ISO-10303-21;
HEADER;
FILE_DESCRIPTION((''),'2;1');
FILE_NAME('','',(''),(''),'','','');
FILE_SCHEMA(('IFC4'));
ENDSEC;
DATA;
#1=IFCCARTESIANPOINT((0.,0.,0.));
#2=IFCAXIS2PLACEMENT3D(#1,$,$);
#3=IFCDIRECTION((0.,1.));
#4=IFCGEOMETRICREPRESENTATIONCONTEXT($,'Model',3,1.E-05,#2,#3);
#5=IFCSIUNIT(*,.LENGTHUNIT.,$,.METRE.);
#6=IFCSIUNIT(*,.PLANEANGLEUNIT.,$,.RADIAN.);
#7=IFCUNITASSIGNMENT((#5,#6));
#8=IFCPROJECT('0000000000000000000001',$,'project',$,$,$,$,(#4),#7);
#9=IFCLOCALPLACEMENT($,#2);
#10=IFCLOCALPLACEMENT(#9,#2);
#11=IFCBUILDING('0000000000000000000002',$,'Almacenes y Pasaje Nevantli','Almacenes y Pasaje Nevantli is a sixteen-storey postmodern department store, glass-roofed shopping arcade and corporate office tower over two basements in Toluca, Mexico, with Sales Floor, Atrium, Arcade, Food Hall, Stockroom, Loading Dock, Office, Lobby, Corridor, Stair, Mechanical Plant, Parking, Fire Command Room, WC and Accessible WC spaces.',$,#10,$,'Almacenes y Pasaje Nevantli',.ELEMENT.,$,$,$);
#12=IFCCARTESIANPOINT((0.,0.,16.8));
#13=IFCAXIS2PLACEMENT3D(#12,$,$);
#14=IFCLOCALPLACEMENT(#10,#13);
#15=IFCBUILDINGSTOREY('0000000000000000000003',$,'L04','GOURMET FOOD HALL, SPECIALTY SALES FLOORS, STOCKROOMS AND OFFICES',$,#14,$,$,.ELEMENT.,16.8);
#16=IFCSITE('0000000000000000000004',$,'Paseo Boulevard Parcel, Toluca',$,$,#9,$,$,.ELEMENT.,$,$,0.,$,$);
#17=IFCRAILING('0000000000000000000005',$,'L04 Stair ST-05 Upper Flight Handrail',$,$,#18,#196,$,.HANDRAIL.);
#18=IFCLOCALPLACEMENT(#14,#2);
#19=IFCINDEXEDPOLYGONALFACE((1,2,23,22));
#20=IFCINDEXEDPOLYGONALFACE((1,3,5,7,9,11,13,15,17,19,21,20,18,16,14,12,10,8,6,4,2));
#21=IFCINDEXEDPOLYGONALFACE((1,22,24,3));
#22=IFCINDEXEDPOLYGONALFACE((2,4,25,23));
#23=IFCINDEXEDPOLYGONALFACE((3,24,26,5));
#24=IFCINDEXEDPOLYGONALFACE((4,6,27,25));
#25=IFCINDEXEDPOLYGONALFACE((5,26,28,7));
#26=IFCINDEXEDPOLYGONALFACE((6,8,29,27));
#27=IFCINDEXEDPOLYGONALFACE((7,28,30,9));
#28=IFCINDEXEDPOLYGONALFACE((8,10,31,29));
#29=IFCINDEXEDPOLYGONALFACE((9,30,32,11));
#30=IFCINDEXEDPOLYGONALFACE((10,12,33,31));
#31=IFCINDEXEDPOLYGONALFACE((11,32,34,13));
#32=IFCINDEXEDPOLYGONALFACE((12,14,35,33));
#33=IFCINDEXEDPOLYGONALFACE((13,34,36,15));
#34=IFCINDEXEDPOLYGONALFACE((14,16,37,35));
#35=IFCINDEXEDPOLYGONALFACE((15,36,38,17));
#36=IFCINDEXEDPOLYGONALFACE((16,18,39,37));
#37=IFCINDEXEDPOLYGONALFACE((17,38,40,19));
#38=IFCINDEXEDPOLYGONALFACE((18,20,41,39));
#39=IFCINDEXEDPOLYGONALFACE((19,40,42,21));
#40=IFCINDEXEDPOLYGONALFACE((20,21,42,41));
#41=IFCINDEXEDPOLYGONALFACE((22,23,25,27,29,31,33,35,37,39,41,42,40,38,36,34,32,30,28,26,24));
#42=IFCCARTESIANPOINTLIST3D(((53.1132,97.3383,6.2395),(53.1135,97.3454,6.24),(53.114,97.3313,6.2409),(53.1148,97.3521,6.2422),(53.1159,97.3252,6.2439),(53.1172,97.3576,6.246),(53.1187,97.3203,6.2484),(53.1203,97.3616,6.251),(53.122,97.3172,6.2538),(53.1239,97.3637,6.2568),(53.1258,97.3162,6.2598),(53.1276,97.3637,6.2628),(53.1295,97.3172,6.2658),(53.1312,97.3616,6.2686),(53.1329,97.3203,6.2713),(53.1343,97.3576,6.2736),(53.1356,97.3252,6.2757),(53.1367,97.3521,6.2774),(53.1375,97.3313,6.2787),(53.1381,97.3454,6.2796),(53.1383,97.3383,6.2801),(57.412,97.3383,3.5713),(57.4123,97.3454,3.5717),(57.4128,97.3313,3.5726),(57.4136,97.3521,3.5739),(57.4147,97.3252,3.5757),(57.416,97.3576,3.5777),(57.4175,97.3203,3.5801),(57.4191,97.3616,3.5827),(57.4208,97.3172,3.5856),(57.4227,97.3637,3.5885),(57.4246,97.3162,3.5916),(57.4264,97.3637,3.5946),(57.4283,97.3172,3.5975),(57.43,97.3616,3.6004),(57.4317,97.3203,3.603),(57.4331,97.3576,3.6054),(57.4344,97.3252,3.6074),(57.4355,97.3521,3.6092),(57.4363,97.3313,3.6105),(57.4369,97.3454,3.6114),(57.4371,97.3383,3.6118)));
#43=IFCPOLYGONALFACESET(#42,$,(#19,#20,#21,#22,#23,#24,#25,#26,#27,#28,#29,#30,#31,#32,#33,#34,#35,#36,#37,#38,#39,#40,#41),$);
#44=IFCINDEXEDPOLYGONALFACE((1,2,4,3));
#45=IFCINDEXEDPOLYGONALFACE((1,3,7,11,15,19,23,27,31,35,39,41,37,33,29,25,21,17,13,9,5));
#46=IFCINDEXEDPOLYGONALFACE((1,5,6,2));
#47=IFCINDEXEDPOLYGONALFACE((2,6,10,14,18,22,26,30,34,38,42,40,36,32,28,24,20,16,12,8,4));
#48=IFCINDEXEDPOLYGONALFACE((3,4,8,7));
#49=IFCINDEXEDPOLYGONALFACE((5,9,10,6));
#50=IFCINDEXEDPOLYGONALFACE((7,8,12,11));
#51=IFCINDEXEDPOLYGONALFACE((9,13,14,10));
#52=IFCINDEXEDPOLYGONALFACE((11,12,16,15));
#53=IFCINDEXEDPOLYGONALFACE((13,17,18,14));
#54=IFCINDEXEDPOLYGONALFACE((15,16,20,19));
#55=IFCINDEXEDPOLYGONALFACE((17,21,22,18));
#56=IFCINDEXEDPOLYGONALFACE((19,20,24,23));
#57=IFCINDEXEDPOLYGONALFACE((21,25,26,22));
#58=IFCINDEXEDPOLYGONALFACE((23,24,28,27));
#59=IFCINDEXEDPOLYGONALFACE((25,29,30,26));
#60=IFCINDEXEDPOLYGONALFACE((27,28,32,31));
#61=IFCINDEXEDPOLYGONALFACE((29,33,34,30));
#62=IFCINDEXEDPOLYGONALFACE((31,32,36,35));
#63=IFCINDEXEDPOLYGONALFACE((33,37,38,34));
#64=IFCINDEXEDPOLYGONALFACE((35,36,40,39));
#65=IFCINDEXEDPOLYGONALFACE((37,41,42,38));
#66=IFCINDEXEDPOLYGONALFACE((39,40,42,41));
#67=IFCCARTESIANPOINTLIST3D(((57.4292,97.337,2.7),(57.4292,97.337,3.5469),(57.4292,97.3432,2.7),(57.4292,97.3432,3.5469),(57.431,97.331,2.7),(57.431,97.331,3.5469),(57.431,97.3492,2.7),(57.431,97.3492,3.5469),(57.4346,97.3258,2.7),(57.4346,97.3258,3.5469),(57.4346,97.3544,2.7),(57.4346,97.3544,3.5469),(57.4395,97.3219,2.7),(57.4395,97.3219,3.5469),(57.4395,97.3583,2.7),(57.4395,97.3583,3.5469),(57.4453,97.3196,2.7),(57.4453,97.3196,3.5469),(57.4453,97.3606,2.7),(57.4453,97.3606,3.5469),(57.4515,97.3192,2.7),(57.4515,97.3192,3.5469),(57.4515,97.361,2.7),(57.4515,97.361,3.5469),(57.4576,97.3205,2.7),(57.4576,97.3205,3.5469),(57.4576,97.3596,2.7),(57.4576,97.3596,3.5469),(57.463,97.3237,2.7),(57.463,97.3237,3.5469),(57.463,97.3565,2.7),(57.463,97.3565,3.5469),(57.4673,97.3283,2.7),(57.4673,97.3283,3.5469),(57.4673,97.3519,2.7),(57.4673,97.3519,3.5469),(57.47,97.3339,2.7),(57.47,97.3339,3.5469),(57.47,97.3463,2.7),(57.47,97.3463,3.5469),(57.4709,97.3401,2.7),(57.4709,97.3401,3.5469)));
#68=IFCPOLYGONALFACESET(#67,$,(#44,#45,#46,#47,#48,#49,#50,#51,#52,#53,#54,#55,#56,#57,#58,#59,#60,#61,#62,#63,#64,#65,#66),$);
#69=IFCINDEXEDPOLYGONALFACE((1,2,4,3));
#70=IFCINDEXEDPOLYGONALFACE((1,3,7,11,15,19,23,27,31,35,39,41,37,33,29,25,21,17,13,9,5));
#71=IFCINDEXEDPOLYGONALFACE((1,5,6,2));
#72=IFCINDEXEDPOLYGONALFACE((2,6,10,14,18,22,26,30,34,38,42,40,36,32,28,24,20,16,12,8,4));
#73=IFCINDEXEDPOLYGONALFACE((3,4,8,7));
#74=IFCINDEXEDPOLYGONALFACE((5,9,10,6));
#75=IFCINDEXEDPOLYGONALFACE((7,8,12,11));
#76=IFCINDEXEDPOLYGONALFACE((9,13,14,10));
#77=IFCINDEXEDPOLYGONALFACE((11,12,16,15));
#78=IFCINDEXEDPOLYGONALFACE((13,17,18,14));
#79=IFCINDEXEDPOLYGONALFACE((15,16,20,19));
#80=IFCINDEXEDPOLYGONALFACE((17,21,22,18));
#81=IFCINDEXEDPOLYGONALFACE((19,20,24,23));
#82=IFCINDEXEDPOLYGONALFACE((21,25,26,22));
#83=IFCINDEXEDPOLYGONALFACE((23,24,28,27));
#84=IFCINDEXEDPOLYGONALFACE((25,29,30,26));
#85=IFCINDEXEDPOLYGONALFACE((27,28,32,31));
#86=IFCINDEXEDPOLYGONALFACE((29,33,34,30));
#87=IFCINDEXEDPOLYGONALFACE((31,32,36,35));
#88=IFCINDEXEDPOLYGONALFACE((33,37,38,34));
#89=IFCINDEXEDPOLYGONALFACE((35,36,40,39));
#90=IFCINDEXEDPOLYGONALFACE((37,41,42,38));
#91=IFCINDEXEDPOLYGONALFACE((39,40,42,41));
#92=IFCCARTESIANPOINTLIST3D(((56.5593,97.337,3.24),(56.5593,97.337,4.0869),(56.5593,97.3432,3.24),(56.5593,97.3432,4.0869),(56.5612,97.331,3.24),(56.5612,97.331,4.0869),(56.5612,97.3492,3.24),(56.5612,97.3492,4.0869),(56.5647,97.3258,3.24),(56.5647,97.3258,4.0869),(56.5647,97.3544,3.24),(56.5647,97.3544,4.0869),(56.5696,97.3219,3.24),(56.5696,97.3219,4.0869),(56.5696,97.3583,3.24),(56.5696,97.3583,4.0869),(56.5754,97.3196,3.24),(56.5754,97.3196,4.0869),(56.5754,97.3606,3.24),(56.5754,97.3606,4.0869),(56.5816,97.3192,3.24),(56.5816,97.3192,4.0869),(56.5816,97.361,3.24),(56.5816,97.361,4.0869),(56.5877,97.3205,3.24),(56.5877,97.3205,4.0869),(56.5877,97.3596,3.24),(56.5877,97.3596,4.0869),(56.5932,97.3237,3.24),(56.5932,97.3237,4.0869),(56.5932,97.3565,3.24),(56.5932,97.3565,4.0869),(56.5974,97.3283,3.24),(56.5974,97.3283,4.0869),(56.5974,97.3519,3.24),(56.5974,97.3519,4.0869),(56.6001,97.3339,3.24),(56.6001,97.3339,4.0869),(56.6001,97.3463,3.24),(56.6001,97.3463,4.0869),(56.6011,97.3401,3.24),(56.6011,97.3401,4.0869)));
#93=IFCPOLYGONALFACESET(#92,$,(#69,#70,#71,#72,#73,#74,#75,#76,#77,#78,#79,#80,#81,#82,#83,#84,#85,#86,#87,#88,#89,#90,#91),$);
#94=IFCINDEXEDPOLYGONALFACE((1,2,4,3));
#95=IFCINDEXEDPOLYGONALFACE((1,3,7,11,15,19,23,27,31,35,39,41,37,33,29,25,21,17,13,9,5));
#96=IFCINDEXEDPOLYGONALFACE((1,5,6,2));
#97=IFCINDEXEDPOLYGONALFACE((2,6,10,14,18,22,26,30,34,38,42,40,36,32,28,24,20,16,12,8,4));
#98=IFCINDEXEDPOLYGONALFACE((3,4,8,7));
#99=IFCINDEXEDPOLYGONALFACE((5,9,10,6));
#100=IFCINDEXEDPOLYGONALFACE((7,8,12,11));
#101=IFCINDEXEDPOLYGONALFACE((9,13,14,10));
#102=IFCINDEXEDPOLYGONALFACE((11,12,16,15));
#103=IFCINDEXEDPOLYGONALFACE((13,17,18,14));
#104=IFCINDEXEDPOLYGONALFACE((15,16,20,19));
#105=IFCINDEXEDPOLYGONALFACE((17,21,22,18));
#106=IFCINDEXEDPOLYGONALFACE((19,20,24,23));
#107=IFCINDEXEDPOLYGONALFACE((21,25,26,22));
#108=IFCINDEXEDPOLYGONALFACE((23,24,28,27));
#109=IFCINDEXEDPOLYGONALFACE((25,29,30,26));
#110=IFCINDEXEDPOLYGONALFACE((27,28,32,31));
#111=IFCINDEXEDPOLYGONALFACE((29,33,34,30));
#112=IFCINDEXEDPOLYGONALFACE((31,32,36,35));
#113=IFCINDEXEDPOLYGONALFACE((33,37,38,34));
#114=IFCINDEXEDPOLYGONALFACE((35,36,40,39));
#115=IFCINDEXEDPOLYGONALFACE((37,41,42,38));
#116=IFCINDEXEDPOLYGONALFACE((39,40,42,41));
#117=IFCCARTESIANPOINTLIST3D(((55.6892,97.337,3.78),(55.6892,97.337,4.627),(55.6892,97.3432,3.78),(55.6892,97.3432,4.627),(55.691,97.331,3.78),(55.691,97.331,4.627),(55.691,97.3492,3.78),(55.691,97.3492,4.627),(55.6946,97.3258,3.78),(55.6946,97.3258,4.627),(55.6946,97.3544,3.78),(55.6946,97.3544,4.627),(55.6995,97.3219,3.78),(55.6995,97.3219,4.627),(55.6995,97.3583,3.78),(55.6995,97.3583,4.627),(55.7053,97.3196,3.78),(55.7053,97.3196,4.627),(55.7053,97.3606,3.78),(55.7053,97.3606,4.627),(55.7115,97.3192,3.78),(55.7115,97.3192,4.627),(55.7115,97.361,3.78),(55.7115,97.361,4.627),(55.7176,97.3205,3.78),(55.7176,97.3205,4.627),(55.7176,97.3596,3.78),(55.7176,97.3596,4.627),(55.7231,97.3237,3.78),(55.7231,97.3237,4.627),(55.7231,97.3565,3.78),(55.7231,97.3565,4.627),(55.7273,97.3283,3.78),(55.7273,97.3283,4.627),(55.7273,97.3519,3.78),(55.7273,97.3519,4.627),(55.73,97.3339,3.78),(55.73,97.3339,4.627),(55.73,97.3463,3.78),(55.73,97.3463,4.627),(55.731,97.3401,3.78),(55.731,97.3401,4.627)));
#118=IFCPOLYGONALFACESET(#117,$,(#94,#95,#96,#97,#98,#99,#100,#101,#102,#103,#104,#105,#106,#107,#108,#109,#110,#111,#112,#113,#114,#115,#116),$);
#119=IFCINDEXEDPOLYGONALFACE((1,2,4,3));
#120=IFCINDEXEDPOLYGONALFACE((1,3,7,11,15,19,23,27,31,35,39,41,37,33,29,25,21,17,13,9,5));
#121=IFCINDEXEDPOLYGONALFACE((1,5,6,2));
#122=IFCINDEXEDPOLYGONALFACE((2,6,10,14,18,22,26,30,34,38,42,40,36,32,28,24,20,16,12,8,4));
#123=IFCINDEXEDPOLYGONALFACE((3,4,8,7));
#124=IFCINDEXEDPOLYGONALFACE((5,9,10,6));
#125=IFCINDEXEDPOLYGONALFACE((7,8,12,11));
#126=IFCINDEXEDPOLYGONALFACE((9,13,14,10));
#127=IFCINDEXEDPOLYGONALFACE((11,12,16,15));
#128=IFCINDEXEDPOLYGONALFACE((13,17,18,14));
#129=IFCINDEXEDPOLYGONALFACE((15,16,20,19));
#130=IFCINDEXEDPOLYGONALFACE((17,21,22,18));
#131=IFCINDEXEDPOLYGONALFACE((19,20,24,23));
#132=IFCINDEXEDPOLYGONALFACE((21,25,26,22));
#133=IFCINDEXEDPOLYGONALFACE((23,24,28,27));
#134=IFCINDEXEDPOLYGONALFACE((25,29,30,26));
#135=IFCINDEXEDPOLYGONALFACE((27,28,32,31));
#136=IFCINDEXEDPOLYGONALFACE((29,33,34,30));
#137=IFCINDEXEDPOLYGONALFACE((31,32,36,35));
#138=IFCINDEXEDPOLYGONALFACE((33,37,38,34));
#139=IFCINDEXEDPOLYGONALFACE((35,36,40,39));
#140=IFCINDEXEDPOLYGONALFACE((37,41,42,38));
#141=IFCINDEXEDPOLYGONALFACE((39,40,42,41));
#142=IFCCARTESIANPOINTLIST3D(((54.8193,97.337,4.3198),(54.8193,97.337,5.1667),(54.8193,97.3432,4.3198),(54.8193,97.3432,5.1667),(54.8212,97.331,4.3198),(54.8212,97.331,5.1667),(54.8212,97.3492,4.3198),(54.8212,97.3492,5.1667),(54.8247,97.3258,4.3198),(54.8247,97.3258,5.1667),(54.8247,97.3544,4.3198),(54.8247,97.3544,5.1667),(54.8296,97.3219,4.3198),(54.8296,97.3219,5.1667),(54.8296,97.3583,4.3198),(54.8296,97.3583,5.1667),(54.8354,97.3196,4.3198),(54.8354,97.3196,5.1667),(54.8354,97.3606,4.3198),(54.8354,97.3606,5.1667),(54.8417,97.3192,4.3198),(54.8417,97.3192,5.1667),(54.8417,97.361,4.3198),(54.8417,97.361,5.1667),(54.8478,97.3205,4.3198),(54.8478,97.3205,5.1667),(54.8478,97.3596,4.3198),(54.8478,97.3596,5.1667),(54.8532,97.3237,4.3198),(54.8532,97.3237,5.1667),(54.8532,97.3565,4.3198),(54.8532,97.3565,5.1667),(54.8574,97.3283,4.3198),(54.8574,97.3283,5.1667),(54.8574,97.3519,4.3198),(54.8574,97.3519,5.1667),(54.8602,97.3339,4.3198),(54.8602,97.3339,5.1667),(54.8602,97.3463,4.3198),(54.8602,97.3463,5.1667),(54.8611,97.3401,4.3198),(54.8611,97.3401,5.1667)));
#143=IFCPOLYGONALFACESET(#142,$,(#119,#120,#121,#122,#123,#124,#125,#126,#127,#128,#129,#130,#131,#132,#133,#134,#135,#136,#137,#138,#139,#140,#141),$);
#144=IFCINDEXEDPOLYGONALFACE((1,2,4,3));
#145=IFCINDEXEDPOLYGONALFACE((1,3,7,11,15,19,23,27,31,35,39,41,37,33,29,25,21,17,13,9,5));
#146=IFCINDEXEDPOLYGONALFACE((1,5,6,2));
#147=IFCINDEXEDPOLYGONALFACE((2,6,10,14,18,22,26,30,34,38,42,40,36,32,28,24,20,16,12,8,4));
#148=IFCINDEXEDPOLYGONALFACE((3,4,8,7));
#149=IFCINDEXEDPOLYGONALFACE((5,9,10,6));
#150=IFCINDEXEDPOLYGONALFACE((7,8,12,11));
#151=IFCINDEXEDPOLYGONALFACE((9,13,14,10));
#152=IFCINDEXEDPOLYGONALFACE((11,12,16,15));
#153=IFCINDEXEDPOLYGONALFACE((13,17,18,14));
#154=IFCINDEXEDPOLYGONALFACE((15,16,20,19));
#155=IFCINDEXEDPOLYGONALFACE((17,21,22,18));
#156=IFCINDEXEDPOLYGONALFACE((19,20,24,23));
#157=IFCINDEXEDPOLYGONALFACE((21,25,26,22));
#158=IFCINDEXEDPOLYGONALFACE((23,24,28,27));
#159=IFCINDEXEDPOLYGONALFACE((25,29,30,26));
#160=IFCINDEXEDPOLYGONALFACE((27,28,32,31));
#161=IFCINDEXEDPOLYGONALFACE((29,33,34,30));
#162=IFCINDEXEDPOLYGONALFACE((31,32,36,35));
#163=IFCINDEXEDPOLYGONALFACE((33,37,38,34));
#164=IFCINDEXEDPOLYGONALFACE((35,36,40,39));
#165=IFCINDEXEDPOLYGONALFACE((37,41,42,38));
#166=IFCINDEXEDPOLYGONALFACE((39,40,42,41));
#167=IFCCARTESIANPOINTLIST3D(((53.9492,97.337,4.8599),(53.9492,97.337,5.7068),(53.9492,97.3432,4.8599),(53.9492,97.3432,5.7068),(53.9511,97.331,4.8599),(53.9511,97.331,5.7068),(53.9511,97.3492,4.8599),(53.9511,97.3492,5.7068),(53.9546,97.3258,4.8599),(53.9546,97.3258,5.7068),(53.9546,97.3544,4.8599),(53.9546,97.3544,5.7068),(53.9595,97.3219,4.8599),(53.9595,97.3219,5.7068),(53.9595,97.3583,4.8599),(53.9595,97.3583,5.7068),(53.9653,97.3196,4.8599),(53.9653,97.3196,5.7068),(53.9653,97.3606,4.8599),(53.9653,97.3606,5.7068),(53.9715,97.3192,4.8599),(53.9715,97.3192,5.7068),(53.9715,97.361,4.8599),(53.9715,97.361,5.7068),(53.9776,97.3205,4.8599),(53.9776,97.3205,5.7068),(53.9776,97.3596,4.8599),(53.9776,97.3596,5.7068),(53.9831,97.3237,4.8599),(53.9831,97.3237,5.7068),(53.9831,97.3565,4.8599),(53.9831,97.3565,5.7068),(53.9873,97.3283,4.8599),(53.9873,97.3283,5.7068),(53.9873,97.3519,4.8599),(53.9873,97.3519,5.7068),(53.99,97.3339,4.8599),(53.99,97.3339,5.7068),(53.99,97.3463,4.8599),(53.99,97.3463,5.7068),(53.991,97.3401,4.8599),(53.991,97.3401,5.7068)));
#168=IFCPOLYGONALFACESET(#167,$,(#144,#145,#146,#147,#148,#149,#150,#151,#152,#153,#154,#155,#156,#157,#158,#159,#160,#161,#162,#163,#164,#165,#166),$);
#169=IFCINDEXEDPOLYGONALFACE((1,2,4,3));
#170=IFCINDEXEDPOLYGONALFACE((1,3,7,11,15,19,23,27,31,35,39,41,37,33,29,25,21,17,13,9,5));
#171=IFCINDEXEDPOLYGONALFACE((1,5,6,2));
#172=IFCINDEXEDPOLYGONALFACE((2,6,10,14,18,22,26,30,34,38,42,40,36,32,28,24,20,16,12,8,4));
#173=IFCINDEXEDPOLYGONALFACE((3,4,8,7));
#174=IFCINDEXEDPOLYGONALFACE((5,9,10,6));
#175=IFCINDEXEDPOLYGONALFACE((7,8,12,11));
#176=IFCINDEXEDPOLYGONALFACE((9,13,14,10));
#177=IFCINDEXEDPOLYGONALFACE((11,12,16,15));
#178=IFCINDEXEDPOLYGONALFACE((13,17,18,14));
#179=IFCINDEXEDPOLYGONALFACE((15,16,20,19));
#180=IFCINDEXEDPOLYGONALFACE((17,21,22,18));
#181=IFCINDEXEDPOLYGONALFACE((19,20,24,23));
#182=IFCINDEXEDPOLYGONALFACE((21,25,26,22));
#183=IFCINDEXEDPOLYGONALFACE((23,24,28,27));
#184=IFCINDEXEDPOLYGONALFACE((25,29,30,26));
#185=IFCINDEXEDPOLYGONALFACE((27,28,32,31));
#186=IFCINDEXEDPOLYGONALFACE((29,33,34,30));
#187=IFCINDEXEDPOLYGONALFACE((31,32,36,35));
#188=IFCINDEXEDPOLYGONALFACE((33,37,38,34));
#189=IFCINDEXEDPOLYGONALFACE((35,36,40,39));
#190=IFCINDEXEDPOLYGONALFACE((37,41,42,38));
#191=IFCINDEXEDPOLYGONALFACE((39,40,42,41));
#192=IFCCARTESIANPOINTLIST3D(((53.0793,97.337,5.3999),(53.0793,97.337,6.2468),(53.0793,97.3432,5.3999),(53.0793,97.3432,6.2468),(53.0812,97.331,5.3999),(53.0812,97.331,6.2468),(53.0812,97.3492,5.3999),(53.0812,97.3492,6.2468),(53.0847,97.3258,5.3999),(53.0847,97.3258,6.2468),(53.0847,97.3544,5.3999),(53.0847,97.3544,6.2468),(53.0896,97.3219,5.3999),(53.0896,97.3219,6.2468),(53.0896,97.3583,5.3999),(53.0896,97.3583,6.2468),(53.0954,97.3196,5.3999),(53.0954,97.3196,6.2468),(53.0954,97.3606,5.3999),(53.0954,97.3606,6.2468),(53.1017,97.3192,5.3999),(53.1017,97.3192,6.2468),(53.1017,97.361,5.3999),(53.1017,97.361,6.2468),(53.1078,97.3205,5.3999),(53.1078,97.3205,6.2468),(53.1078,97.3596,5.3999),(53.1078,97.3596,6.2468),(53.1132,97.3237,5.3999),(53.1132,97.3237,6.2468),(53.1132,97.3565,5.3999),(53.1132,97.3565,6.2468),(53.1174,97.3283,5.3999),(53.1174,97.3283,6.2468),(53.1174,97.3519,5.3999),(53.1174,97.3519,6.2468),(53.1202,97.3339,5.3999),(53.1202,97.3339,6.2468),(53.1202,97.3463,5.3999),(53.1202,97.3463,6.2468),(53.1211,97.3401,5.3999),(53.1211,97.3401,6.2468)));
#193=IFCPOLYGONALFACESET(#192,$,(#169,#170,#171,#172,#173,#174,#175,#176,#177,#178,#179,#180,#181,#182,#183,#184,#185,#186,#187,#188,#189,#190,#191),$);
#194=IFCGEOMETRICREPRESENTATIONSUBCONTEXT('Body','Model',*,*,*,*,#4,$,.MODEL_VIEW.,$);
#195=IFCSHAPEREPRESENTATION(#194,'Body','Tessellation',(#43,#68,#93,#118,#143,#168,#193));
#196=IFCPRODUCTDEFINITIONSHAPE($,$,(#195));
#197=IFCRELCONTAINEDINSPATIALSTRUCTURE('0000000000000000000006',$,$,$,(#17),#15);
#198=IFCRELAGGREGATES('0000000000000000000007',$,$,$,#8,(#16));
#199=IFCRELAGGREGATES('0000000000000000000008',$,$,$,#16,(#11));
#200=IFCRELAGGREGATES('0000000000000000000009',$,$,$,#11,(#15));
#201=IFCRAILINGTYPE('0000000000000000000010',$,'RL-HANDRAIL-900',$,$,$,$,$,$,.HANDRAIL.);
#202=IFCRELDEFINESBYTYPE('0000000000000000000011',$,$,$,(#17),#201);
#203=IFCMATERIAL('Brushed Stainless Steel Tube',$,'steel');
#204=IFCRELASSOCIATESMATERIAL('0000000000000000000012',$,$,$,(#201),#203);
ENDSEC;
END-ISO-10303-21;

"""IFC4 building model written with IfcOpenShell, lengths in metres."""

from ifc_helpers import new_model, si_unit, direction, frame, origin, origin_2d, place, context, subcontext, project, spatial, circle, extrude, material, type_object, element, save


model = new_model("IFC4")

# Units and contexts
model_context = context("Model", 3, precision=1e-05, world=origin(), true_north=direction((0.0, 1.0)))
body_context = subcontext(model_context, "Body", "Model", "MODEL_VIEW")
ifc_project = project(units=[si_unit("LENGTHUNIT", "METRE"), si_unit("PLANEANGLEUNIT", "RADIAN")], contexts=[model_context])

# Site, building, storey
site_placement = place(None, origin())
site = spatial("IfcSite", under=ifc_project, at=site_placement, Name="Paseo Boulevard Parcel, Toluca", CompositionType="ELEMENT", RefElevation=0.0)
building_placement = place(site_placement, origin())
building = spatial("IfcBuilding", under=site, at=building_placement, Name="Almacenes y Pasaje Nevantli", Description="Almacenes y Pasaje Nevantli is a sixteen-storey postmodern department store, glass-roofed shopping arcade and corporate office tower over two basements in Toluca, Mexico, with Sales Floor, Atrium, Arcade, Food Hall, Stockroom, Loading Dock, Office, Lobby, Corridor, Stair, Mechanical Plant, Parking, Fire Command Room, WC and Accessible WC spaces.", LongName="Almacenes y Pasaje Nevantli", CompositionType="ELEMENT")
storey_placement = place(building_placement, frame((0.0, 0.0, 16.8)))
storey = spatial("IfcBuildingStorey", under=building, at=storey_placement, Name="L04", Description="GOURMET FOOD HALL, SPECIALTY SALES FLOORS, STOCKROOMS AND OFFICES", CompositionType="ELEMENT", Elevation=16.8)

# Railing
ifc_material_1 = material(Name="Brushed Stainless Steel Tube", Category="steel")
railing_type_1 = type_object("IfcRailingType", Name="RL-HANDRAIL-900", PredefinedType="HANDRAIL", material=ifc_material_1)
railing_1_placement = place(storey_placement, frame((57.45, 97.3401, 2.7)))
element("IfcRailing", 1, at=railing_1_placement, inside=storey, type_object=railing_type_1, Name="L04 Stair ST-05 Upper Flight Handrail", PredefinedType="HANDRAIL", context=body_context, shape_type="SweptSolid", body=[
    extrude(circle(Radius=0.0239, at=origin_2d()), frame((-0.0254, 0.0, 0.8916), z_axis=(-0.849636, 0.0, 0.527369), x_axis=(0.0, -1.0, 0.0)), (0.0, 0.0, 1.0), 5.0596),
    extrude(circle(Radius=0.021, at=origin_2d()), origin(), (0.0, 0.0, 1.0), 0.8469),
    extrude(circle(Radius=0.021, at=origin_2d()), frame((-0.8699, 0.0, 0.54)), (0.0, 0.0, 1.0), 0.8469),
    extrude(circle(Radius=0.021, at=origin_2d()), frame((-1.74, 0.0, 1.0801)), (0.0, 0.0, 1.0), 0.8469),
    extrude(circle(Radius=0.021, at=origin_2d()), frame((-2.6099, 0.0, 1.6199)), (0.0, 0.0, 1.0), 0.8469),
    extrude(circle(Radius=0.021, at=origin_2d()), frame((-3.48, 0.0, 2.1599)), (0.0, 0.0, 1.0), 0.8469),
    extrude(circle(Radius=0.021, at=origin_2d()), frame((-4.3499, 0.0, 2.7)), (0.0, 0.0, 1.0), 0.8469),
])

save(model, "model.ifc")
